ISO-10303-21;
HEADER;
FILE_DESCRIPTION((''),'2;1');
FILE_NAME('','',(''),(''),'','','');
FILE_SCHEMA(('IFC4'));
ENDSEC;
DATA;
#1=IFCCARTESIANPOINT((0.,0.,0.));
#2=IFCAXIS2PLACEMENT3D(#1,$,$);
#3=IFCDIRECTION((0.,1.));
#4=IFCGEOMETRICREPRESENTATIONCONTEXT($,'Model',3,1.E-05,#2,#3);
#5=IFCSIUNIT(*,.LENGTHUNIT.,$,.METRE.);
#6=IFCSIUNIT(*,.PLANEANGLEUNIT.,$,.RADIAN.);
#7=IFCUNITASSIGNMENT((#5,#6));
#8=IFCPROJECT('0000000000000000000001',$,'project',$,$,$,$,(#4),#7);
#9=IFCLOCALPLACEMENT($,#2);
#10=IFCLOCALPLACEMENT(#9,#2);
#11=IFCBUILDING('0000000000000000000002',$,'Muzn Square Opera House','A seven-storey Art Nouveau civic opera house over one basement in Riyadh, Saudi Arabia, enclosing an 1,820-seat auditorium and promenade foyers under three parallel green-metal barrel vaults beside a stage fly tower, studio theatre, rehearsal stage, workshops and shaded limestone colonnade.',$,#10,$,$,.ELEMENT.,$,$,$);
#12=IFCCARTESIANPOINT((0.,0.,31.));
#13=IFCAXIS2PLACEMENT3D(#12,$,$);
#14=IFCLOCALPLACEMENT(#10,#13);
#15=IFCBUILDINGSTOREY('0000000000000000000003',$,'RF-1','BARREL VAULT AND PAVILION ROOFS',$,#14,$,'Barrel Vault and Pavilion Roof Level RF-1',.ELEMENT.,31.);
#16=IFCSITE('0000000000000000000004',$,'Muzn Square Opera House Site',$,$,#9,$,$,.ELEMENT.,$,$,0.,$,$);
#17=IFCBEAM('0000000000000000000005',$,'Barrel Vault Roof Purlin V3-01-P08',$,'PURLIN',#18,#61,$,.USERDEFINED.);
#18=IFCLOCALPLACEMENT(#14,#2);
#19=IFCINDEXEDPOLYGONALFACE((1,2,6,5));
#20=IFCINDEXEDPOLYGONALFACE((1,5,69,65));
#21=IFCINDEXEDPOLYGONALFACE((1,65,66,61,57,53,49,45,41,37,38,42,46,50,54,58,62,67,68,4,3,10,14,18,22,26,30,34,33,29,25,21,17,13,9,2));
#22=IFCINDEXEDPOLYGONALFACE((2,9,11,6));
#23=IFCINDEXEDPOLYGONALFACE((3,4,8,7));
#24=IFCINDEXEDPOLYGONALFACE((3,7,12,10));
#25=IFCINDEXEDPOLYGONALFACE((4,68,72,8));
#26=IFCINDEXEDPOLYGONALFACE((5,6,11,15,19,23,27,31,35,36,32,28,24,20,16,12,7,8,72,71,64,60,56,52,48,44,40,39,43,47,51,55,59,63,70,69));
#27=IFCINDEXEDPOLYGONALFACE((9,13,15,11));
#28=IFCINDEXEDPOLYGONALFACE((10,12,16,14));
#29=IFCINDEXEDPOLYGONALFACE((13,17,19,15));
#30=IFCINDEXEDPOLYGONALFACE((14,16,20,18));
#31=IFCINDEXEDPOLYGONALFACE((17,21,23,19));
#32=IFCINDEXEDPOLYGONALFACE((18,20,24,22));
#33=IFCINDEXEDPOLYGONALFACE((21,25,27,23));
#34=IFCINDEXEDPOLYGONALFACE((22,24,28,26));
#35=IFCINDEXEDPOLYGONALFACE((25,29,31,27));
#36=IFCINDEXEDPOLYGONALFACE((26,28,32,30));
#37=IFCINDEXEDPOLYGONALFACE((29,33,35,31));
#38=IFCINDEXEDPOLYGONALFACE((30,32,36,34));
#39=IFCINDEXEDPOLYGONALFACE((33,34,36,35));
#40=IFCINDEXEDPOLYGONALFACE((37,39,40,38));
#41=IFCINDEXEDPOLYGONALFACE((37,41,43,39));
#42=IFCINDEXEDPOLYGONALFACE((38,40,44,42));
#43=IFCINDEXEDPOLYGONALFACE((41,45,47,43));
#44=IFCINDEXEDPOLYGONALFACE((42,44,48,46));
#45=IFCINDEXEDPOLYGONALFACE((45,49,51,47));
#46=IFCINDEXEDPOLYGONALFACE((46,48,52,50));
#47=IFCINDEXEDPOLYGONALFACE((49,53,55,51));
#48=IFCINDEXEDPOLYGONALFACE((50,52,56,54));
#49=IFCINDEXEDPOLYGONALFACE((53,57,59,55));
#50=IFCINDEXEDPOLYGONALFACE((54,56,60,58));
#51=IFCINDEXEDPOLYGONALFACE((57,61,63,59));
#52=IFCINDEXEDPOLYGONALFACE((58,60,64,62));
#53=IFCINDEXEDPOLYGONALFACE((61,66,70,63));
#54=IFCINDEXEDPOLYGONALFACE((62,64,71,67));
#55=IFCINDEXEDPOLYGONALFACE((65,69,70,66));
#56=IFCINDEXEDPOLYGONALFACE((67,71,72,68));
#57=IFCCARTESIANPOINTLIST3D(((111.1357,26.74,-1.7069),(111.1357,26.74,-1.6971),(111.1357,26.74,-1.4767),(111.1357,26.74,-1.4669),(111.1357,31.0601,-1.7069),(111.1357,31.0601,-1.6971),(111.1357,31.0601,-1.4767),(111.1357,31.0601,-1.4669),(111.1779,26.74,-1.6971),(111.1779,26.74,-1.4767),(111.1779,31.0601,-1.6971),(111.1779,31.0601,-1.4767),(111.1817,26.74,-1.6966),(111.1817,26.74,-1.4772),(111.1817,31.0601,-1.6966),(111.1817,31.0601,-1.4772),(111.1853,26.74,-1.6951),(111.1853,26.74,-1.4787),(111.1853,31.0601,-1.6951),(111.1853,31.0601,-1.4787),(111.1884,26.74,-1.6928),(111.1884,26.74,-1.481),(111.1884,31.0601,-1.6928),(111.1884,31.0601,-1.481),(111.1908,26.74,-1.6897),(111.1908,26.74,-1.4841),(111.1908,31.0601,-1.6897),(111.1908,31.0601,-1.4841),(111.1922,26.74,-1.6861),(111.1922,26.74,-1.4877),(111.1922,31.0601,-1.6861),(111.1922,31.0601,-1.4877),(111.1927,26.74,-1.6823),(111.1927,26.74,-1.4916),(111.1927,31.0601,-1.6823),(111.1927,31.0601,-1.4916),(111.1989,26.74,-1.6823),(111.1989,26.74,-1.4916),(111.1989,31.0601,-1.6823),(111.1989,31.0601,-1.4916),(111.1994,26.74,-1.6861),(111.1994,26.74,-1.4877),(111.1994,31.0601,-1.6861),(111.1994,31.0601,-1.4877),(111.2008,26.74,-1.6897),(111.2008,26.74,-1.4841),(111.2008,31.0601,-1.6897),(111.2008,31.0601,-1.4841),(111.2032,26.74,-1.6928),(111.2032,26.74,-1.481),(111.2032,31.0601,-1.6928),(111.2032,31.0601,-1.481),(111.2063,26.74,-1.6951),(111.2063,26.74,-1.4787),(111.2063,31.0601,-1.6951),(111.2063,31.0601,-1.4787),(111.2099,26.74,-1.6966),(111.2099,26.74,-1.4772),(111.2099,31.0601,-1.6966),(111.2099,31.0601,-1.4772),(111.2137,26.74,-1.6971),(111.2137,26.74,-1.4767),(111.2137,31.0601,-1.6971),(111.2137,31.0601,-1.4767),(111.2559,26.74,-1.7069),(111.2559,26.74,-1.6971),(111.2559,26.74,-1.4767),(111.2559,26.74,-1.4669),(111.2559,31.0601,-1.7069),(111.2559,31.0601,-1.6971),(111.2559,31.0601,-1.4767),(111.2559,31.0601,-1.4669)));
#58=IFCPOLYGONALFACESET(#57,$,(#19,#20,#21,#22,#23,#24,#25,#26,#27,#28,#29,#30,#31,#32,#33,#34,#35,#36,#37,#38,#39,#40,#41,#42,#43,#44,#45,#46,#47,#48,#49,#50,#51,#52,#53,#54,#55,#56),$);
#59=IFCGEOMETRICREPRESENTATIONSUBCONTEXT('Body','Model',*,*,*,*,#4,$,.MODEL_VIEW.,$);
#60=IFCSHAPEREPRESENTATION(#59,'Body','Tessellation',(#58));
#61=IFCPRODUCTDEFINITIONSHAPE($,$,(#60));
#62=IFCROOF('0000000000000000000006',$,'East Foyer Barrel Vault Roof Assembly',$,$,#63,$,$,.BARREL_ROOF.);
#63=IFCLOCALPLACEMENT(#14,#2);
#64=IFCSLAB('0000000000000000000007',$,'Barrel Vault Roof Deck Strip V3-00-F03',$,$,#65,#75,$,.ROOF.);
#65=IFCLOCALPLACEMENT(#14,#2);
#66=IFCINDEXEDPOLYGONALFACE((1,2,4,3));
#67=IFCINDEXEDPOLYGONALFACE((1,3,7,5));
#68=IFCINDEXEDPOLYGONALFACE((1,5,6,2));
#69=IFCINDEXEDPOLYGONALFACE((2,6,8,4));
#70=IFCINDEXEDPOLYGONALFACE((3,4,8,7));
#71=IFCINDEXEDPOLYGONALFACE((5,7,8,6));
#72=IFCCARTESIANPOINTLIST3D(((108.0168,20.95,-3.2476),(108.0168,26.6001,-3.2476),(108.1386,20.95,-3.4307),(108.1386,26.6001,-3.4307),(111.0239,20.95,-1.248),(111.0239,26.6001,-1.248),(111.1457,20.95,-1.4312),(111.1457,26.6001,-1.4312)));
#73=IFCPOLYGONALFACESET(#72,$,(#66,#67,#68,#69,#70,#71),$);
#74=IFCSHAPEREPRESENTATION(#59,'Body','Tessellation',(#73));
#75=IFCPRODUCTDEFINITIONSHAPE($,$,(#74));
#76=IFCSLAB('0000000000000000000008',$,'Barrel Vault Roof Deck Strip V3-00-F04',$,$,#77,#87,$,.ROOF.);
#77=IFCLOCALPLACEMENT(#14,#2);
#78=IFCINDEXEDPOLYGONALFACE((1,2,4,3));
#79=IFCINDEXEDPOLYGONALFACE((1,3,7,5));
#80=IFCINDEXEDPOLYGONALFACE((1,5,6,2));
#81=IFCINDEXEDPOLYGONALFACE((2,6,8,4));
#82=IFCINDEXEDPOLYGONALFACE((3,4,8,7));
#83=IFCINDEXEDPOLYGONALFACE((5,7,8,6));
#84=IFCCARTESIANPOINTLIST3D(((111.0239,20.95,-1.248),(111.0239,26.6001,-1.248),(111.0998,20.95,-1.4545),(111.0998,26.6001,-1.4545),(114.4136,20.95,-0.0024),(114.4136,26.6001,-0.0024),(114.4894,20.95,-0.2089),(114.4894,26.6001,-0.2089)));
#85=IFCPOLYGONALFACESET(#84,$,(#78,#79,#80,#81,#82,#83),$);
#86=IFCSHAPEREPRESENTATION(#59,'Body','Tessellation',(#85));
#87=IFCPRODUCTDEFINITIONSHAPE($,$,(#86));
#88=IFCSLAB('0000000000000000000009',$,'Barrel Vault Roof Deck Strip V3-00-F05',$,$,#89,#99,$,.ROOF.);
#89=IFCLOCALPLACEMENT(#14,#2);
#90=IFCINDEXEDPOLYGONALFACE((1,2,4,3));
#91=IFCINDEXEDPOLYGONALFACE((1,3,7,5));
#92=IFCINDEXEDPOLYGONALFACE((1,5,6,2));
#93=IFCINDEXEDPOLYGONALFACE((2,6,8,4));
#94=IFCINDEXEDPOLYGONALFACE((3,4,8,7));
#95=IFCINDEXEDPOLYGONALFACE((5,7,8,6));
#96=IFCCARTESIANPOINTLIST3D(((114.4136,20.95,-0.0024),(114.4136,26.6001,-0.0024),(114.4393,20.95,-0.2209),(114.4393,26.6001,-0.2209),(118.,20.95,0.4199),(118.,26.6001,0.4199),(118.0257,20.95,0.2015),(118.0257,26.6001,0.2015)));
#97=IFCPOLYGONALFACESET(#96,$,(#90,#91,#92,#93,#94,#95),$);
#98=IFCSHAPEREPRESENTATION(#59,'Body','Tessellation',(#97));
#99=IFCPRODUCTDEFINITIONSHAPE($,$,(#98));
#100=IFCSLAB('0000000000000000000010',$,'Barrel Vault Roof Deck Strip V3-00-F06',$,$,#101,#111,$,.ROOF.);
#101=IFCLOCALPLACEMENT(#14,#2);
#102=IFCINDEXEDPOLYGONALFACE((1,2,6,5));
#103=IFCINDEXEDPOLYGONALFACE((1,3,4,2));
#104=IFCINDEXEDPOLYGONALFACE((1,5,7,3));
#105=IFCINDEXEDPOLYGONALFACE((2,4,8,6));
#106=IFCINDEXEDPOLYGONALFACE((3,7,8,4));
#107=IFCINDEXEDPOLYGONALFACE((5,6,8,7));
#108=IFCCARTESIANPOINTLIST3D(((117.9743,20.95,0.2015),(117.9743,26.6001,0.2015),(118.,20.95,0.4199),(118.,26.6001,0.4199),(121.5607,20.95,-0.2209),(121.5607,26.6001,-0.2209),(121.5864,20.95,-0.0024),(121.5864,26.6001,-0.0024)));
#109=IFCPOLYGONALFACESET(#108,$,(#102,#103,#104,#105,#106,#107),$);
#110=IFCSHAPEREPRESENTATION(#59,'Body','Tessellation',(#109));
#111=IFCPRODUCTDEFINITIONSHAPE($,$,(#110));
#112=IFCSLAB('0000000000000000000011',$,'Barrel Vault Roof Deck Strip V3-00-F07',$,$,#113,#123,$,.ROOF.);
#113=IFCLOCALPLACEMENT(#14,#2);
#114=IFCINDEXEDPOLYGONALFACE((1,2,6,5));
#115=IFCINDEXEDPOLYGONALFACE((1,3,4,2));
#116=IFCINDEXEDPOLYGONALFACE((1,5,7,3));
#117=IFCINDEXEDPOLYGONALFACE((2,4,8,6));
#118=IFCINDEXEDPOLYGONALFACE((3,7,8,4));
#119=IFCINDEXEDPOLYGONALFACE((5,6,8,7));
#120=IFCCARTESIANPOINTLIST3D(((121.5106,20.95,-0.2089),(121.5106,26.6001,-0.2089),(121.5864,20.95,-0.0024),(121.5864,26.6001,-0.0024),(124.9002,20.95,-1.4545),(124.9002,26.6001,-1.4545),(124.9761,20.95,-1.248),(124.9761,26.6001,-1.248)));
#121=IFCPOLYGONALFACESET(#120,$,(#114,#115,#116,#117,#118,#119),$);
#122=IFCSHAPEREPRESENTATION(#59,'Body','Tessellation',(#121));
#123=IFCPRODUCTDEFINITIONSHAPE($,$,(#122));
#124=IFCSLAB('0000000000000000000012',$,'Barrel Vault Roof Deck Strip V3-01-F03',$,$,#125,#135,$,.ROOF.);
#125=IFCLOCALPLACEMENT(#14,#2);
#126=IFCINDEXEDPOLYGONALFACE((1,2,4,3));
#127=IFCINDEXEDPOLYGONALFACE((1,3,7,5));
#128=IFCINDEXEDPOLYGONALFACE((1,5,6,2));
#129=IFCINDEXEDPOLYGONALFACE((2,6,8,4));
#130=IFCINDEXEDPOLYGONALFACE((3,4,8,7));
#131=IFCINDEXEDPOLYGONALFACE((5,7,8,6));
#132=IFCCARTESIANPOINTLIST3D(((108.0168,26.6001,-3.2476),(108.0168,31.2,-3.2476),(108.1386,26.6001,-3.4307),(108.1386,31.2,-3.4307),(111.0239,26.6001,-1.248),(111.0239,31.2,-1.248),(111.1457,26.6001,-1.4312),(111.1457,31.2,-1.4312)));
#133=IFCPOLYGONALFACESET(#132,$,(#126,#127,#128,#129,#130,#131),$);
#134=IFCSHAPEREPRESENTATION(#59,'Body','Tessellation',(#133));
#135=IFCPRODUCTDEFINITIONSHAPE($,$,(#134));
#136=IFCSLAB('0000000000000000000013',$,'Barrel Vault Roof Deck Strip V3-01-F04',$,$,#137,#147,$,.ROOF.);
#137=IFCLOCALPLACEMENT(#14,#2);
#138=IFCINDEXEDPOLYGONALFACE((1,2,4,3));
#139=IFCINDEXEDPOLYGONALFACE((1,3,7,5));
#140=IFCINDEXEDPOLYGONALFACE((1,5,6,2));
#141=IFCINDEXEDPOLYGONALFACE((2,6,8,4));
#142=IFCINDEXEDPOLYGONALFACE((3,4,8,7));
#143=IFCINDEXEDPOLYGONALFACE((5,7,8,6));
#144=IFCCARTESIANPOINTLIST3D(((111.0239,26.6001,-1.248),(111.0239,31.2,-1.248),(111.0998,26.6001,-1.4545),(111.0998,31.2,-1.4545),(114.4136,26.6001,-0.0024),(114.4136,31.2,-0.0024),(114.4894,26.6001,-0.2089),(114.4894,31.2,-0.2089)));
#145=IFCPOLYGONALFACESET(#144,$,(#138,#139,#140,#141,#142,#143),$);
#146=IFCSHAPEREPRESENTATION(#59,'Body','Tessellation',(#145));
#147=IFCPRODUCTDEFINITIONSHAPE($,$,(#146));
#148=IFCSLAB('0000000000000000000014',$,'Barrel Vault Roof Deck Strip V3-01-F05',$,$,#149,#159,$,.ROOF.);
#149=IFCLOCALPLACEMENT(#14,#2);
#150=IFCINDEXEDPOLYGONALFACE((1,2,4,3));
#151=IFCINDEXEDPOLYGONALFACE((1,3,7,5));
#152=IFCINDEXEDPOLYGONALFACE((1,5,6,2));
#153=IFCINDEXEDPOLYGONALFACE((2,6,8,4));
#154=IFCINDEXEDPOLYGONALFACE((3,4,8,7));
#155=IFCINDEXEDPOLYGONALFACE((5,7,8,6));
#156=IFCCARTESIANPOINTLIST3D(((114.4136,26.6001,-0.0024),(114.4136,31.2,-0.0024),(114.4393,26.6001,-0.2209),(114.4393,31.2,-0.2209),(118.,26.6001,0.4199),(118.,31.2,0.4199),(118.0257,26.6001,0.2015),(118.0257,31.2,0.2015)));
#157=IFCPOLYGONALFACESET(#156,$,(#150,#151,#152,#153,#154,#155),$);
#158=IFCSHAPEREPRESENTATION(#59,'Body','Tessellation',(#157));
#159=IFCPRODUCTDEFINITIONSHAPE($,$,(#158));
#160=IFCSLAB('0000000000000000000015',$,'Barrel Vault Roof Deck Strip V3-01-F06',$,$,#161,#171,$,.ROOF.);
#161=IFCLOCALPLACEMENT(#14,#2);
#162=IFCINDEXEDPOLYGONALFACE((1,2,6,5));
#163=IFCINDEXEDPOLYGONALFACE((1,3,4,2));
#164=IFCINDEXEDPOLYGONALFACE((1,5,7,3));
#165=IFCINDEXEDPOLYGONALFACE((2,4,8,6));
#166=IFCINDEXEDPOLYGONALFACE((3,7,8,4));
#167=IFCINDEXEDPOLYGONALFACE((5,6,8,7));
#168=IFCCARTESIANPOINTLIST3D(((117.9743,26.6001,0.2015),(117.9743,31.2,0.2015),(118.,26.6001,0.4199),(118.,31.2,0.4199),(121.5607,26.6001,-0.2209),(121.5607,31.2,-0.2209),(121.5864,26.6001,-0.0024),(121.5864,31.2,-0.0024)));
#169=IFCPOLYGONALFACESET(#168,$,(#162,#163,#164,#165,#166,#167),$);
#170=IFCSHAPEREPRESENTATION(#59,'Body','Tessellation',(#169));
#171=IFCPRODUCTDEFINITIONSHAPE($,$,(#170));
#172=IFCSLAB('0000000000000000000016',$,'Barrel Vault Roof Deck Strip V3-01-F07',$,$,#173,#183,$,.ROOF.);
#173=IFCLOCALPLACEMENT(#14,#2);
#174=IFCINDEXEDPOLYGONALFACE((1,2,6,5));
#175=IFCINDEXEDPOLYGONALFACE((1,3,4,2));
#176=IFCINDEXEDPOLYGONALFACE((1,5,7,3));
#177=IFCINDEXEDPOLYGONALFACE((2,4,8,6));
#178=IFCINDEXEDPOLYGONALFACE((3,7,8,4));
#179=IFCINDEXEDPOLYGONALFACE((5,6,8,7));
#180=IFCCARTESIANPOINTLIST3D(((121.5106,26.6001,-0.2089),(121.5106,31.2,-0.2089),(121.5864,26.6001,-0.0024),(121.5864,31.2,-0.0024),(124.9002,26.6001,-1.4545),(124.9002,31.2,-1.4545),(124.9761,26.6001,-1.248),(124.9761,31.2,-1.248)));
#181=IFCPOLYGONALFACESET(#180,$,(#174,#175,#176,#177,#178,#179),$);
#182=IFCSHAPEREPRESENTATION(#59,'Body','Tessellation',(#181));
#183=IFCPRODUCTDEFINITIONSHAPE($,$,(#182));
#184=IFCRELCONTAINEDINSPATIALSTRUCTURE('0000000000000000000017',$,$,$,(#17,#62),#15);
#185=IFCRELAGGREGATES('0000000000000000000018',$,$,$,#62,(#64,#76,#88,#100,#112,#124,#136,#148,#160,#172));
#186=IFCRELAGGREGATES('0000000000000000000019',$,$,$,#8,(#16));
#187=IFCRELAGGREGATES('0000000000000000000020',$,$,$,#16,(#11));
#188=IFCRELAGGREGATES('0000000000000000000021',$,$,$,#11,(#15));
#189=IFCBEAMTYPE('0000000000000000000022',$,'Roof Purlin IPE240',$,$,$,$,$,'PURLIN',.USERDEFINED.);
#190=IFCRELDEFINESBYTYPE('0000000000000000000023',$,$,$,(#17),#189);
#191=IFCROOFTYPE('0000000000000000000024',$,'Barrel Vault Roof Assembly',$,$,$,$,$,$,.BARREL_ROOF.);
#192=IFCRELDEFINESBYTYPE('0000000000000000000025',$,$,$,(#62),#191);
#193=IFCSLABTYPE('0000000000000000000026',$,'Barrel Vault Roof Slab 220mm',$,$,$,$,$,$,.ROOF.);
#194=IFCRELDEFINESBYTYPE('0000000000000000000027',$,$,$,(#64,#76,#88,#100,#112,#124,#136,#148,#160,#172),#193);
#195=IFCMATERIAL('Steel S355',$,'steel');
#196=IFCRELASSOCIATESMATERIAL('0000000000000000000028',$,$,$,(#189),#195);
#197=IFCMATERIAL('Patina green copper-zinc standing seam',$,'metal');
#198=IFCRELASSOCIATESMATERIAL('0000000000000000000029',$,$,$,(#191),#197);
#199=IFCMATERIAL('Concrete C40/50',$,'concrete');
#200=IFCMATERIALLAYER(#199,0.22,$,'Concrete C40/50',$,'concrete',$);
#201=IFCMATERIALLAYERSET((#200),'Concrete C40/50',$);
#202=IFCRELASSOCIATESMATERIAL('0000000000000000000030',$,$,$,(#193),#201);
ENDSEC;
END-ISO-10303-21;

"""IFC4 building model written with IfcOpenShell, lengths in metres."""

from ifc_helpers import new_model, si_unit, direction, frame, origin, origin_2d, place, context, subcontext, project, spatial, polyline, i_section, outline, extrude, material, layer, layer_set, material_profile, profile_set, type_object, element, aggregate, save


model = new_model("IFC4")

# Units and contexts
model_context = context("Model", 3, precision=1e-05, world=origin(), true_north=direction((0.0, 1.0)))
body_context = subcontext(model_context, "Body", "Model", "MODEL_VIEW")
ifc_project = project(units=[si_unit("LENGTHUNIT", "METRE"), si_unit("PLANEANGLEUNIT", "RADIAN")], contexts=[model_context])

# Site, building, storey
site_placement = place(None, origin())
site = spatial("IfcSite", under=ifc_project, at=site_placement, Name="Muzn Square Opera House Site", CompositionType="ELEMENT", RefElevation=0.0)
building_placement = place(site_placement, origin())
building = spatial("IfcBuilding", under=site, at=building_placement, Name="Muzn Square Opera House", Description="A seven-storey Art Nouveau civic opera house over one basement in Riyadh, Saudi Arabia, enclosing an 1,820-seat auditorium and promenade foyers under three parallel green-metal barrel vaults beside a stage fly tower, studio theatre, rehearsal stage, workshops and shaded limestone colonnade.", CompositionType="ELEMENT")
storey_placement = place(building_placement, frame((0.0, 0.0, 31.0)))
storey = spatial("IfcBuildingStorey", under=building, at=storey_placement, Name="RF-1", Description="BARREL VAULT AND PAVILION ROOFS", LongName="Barrel Vault and Pavilion Roof Level RF-1", CompositionType="ELEMENT", Elevation=31.0)

# Beam
ifc_material_1 = material(Name="Steel S355", Category="steel")
ifc_material_profile_1 = material_profile(ifc_material_1, i_section(OverallWidth=0.1201, OverallDepth=0.24, WebThickness=0.0061, FlangeThickness=0.0098, FilletRadius=0.0149, at=origin_2d()), Name="IPE 240", Category="steel")
ifc_profile_set_1 = profile_set([ifc_material_profile_1], Name="Steel S355")
beam_type_1 = type_object("IfcBeamType", Name="Roof Purlin IPE240", ElementType="PURLIN", PredefinedType="USERDEFINED", material=ifc_profile_set_1)
beam_1_placement = place(storey_placement, frame((111.1958, 26.74, -1.5869), z_axis=(0.0, 1.0, 0.0), x_axis=(-1.0, 0.0, 0.0)))
element("IfcBeam", 1, at=beam_1_placement, inside=storey, type_object=beam_type_1, Name="Barrel Vault Roof Purlin V3-01-P08", ObjectType="PURLIN", PredefinedType="USERDEFINED", context=body_context, shape_type="SweptSolid", body=[
    extrude(i_section(OverallWidth=0.1201, OverallDepth=0.24, WebThickness=0.0061, FlangeThickness=0.0098, FilletRadius=0.0149, at=origin_2d()), origin(), (0.0, 0.0, 1.0), 4.3201),
])

# Roof, slabs
ifc_material_2 = material(Name="Patina green copper-zinc standing seam", Category="metal")
roof_type = type_object("IfcRoofType", Name="Barrel Vault Roof Assembly", PredefinedType="BARREL_ROOF", material=ifc_material_2)
roof_placement = place(storey_placement, origin())
roof = element("IfcRoof", 2, at=roof_placement, inside=storey, type_object=roof_type, Name="East Foyer Barrel Vault Roof Assembly", PredefinedType="BARREL_ROOF")
ifc_material_3 = material(Name="Concrete C40/50", Category="concrete")
ifc_layer_1 = layer(ifc_material_3, 0.22, Name="Concrete C40/50", Category="concrete")
ifc_layer_set_1 = layer_set([ifc_layer_1], Name="Concrete C40/50")
slab_type = type_object("IfcSlabType", Name="Barrel Vault Roof Slab 220mm", PredefinedType="ROOF", material=ifc_layer_set_1)
slab_1_placement = place(storey_placement, frame((111.0239, 20.95, -1.248), z_axis=(-0.553701, 0.0, 0.832715), x_axis=(0.0, 1.0, 0.0)))
slab_1 = element("IfcSlab", 3, at=slab_1_placement, type_object=slab_type, Name="Barrel Vault Roof Deck Strip V3-00-F03", PredefinedType="ROOF", context=body_context, shape_type="SweptSolid", body=[
    extrude(outline(polyline([(0.0, 3.6112), (0.0, 0.0), (5.6501, 0.0), (5.6501, 3.6112), (0.0, 3.6112)])), origin(), (0.0, 0.0, -1.0), 0.22),
])
slab_2_placement = place(storey_placement, frame((114.4136, 20.95, -0.0024), z_axis=(-0.344922, 0.0, 0.938631), x_axis=(0.0, 1.0, 0.0)))
slab_2 = element("IfcSlab", 4, at=slab_2_placement, type_object=slab_type, Name="Barrel Vault Roof Deck Strip V3-00-F04", PredefinedType="ROOF", context=body_context, shape_type="SweptSolid", body=[
    extrude(outline(polyline([(0.0, 3.6113), (0.0, 0.0), (5.6501, 0.0), (5.6501, 3.6113), (0.0, 3.6113)])), origin(), (0.0, 0.0, -1.0), 0.22),
])
slab_3_placement = place(storey_placement, frame((118.0, 20.95, 0.4199), z_axis=(-0.116959, 0.0, 0.993137), x_axis=(0.0, 1.0, 0.0)))
slab_3 = element("IfcSlab", 5, at=slab_3_placement, type_object=slab_type, Name="Barrel Vault Roof Deck Strip V3-00-F05", PredefinedType="ROOF", context=body_context, shape_type="SweptSolid", body=[
    extrude(outline(polyline([(0.0, 3.6112), (0.0, 0.0), (5.6501, 0.0), (5.6501, 3.6112), (0.0, 3.6112)])), origin(), (0.0, 0.0, -1.0), 0.22),
])
slab_4_placement = place(storey_placement, frame((118.0, 20.95, 0.4199), z_axis=(0.116959, 0.0, 0.993137), x_axis=(0.993137, 0.0, -0.116959)))
slab_4 = element("IfcSlab", 6, at=slab_4_placement, type_object=slab_type, Name="Barrel Vault Roof Deck Strip V3-00-F06", PredefinedType="ROOF", context=body_context, shape_type="SweptSolid", body=[
    extrude(outline(polyline([(0.0, 0.0), (3.6112, 0.0), (3.6112, 5.6501), (0.0, 5.6501), (0.0, 0.0)])), origin(), (0.0, 0.0, -1.0), 0.22),
])
slab_5_placement = place(storey_placement, frame((121.5864, 20.95, -0.0024), z_axis=(0.344922, 0.0, 0.938631), x_axis=(0.938631, 0.0, -0.344922)))
slab_5 = element("IfcSlab", 7, at=slab_5_placement, type_object=slab_type, Name="Barrel Vault Roof Deck Strip V3-00-F07", PredefinedType="ROOF", context=body_context, shape_type="SweptSolid", body=[
    extrude(outline(polyline([(0.0, 0.0), (3.6113, 0.0), (3.6113, 5.6501), (0.0, 5.6501), (0.0, 0.0)])), origin(), (0.0, 0.0, -1.0), 0.22),
])
slab_6_placement = place(storey_placement, frame((111.0239, 26.6001, -1.248), z_axis=(-0.553701, 0.0, 0.832715), x_axis=(0.0, 1.0, 0.0)))
slab_6 = element("IfcSlab", 8, at=slab_6_placement, type_object=slab_type, Name="Barrel Vault Roof Deck Strip V3-01-F03", PredefinedType="ROOF", context=body_context, shape_type="SweptSolid", body=[
    extrude(outline(polyline([(0.0, 3.6112), (0.0, 0.0), (4.5999, 0.0), (4.5999, 3.6112), (0.0, 3.6112)])), origin(), (0.0, 0.0, -1.0), 0.22),
])
slab_7_placement = place(storey_placement, frame((114.4136, 26.6001, -0.0024), z_axis=(-0.344922, 0.0, 0.938631), x_axis=(0.0, 1.0, 0.0)))
slab_7 = element("IfcSlab", 9, at=slab_7_placement, type_object=slab_type, Name="Barrel Vault Roof Deck Strip V3-01-F04", PredefinedType="ROOF", context=body_context, shape_type="SweptSolid", body=[
    extrude(outline(polyline([(0.0, 3.6113), (0.0, 0.0), (4.5999, 0.0), (4.5999, 3.6113), (0.0, 3.6113)])), origin(), (0.0, 0.0, -1.0), 0.22),
])
slab_8_placement = place(storey_placement, frame((118.0, 26.6001, 0.4199), z_axis=(-0.116959, 0.0, 0.993137), x_axis=(0.0, 1.0, 0.0)))
slab_8 = element("IfcSlab", 10, at=slab_8_placement, type_object=slab_type, Name="Barrel Vault Roof Deck Strip V3-01-F05", PredefinedType="ROOF", context=body_context, shape_type="SweptSolid", body=[
    extrude(outline(polyline([(0.0, 3.6112), (0.0, 0.0), (4.5999, 0.0), (4.5999, 3.6112), (0.0, 3.6112)])), origin(), (0.0, 0.0, -1.0), 0.22),
])
slab_9_placement = place(storey_placement, frame((118.0, 26.6001, 0.4199), z_axis=(0.116959, 0.0, 0.993137), x_axis=(0.993137, 0.0, -0.116959)))
slab_9 = element("IfcSlab", 11, at=slab_9_placement, type_object=slab_type, Name="Barrel Vault Roof Deck Strip V3-01-F06", PredefinedType="ROOF", context=body_context, shape_type="SweptSolid", body=[
    extrude(outline(polyline([(0.0, 0.0), (3.6112, 0.0), (3.6112, 4.5999), (0.0, 4.5999), (0.0, 0.0)])), origin(), (0.0, 0.0, -1.0), 0.22),
])
slab_10_placement = place(storey_placement, frame((121.5864, 26.6001, -0.0024), z_axis=(0.344922, 0.0, 0.938631), x_axis=(0.938631, 0.0, -0.344922)))
slab_10 = element("IfcSlab", 12, at=slab_10_placement, type_object=slab_type, Name="Barrel Vault Roof Deck Strip V3-01-F07", PredefinedType="ROOF", context=body_context, shape_type="SweptSolid", body=[
    extrude(outline(polyline([(0.0, 0.0), (3.6113, 0.0), (3.6113, 4.5999), (0.0, 4.5999), (0.0, 0.0)])), origin(), (0.0, 0.0, -1.0), 0.22),
])
aggregate(roof, [slab_1, slab_2, slab_3, slab_4, slab_5, slab_6, slab_7, slab_8, slab_9, slab_10])

save(model, "model.ifc")
